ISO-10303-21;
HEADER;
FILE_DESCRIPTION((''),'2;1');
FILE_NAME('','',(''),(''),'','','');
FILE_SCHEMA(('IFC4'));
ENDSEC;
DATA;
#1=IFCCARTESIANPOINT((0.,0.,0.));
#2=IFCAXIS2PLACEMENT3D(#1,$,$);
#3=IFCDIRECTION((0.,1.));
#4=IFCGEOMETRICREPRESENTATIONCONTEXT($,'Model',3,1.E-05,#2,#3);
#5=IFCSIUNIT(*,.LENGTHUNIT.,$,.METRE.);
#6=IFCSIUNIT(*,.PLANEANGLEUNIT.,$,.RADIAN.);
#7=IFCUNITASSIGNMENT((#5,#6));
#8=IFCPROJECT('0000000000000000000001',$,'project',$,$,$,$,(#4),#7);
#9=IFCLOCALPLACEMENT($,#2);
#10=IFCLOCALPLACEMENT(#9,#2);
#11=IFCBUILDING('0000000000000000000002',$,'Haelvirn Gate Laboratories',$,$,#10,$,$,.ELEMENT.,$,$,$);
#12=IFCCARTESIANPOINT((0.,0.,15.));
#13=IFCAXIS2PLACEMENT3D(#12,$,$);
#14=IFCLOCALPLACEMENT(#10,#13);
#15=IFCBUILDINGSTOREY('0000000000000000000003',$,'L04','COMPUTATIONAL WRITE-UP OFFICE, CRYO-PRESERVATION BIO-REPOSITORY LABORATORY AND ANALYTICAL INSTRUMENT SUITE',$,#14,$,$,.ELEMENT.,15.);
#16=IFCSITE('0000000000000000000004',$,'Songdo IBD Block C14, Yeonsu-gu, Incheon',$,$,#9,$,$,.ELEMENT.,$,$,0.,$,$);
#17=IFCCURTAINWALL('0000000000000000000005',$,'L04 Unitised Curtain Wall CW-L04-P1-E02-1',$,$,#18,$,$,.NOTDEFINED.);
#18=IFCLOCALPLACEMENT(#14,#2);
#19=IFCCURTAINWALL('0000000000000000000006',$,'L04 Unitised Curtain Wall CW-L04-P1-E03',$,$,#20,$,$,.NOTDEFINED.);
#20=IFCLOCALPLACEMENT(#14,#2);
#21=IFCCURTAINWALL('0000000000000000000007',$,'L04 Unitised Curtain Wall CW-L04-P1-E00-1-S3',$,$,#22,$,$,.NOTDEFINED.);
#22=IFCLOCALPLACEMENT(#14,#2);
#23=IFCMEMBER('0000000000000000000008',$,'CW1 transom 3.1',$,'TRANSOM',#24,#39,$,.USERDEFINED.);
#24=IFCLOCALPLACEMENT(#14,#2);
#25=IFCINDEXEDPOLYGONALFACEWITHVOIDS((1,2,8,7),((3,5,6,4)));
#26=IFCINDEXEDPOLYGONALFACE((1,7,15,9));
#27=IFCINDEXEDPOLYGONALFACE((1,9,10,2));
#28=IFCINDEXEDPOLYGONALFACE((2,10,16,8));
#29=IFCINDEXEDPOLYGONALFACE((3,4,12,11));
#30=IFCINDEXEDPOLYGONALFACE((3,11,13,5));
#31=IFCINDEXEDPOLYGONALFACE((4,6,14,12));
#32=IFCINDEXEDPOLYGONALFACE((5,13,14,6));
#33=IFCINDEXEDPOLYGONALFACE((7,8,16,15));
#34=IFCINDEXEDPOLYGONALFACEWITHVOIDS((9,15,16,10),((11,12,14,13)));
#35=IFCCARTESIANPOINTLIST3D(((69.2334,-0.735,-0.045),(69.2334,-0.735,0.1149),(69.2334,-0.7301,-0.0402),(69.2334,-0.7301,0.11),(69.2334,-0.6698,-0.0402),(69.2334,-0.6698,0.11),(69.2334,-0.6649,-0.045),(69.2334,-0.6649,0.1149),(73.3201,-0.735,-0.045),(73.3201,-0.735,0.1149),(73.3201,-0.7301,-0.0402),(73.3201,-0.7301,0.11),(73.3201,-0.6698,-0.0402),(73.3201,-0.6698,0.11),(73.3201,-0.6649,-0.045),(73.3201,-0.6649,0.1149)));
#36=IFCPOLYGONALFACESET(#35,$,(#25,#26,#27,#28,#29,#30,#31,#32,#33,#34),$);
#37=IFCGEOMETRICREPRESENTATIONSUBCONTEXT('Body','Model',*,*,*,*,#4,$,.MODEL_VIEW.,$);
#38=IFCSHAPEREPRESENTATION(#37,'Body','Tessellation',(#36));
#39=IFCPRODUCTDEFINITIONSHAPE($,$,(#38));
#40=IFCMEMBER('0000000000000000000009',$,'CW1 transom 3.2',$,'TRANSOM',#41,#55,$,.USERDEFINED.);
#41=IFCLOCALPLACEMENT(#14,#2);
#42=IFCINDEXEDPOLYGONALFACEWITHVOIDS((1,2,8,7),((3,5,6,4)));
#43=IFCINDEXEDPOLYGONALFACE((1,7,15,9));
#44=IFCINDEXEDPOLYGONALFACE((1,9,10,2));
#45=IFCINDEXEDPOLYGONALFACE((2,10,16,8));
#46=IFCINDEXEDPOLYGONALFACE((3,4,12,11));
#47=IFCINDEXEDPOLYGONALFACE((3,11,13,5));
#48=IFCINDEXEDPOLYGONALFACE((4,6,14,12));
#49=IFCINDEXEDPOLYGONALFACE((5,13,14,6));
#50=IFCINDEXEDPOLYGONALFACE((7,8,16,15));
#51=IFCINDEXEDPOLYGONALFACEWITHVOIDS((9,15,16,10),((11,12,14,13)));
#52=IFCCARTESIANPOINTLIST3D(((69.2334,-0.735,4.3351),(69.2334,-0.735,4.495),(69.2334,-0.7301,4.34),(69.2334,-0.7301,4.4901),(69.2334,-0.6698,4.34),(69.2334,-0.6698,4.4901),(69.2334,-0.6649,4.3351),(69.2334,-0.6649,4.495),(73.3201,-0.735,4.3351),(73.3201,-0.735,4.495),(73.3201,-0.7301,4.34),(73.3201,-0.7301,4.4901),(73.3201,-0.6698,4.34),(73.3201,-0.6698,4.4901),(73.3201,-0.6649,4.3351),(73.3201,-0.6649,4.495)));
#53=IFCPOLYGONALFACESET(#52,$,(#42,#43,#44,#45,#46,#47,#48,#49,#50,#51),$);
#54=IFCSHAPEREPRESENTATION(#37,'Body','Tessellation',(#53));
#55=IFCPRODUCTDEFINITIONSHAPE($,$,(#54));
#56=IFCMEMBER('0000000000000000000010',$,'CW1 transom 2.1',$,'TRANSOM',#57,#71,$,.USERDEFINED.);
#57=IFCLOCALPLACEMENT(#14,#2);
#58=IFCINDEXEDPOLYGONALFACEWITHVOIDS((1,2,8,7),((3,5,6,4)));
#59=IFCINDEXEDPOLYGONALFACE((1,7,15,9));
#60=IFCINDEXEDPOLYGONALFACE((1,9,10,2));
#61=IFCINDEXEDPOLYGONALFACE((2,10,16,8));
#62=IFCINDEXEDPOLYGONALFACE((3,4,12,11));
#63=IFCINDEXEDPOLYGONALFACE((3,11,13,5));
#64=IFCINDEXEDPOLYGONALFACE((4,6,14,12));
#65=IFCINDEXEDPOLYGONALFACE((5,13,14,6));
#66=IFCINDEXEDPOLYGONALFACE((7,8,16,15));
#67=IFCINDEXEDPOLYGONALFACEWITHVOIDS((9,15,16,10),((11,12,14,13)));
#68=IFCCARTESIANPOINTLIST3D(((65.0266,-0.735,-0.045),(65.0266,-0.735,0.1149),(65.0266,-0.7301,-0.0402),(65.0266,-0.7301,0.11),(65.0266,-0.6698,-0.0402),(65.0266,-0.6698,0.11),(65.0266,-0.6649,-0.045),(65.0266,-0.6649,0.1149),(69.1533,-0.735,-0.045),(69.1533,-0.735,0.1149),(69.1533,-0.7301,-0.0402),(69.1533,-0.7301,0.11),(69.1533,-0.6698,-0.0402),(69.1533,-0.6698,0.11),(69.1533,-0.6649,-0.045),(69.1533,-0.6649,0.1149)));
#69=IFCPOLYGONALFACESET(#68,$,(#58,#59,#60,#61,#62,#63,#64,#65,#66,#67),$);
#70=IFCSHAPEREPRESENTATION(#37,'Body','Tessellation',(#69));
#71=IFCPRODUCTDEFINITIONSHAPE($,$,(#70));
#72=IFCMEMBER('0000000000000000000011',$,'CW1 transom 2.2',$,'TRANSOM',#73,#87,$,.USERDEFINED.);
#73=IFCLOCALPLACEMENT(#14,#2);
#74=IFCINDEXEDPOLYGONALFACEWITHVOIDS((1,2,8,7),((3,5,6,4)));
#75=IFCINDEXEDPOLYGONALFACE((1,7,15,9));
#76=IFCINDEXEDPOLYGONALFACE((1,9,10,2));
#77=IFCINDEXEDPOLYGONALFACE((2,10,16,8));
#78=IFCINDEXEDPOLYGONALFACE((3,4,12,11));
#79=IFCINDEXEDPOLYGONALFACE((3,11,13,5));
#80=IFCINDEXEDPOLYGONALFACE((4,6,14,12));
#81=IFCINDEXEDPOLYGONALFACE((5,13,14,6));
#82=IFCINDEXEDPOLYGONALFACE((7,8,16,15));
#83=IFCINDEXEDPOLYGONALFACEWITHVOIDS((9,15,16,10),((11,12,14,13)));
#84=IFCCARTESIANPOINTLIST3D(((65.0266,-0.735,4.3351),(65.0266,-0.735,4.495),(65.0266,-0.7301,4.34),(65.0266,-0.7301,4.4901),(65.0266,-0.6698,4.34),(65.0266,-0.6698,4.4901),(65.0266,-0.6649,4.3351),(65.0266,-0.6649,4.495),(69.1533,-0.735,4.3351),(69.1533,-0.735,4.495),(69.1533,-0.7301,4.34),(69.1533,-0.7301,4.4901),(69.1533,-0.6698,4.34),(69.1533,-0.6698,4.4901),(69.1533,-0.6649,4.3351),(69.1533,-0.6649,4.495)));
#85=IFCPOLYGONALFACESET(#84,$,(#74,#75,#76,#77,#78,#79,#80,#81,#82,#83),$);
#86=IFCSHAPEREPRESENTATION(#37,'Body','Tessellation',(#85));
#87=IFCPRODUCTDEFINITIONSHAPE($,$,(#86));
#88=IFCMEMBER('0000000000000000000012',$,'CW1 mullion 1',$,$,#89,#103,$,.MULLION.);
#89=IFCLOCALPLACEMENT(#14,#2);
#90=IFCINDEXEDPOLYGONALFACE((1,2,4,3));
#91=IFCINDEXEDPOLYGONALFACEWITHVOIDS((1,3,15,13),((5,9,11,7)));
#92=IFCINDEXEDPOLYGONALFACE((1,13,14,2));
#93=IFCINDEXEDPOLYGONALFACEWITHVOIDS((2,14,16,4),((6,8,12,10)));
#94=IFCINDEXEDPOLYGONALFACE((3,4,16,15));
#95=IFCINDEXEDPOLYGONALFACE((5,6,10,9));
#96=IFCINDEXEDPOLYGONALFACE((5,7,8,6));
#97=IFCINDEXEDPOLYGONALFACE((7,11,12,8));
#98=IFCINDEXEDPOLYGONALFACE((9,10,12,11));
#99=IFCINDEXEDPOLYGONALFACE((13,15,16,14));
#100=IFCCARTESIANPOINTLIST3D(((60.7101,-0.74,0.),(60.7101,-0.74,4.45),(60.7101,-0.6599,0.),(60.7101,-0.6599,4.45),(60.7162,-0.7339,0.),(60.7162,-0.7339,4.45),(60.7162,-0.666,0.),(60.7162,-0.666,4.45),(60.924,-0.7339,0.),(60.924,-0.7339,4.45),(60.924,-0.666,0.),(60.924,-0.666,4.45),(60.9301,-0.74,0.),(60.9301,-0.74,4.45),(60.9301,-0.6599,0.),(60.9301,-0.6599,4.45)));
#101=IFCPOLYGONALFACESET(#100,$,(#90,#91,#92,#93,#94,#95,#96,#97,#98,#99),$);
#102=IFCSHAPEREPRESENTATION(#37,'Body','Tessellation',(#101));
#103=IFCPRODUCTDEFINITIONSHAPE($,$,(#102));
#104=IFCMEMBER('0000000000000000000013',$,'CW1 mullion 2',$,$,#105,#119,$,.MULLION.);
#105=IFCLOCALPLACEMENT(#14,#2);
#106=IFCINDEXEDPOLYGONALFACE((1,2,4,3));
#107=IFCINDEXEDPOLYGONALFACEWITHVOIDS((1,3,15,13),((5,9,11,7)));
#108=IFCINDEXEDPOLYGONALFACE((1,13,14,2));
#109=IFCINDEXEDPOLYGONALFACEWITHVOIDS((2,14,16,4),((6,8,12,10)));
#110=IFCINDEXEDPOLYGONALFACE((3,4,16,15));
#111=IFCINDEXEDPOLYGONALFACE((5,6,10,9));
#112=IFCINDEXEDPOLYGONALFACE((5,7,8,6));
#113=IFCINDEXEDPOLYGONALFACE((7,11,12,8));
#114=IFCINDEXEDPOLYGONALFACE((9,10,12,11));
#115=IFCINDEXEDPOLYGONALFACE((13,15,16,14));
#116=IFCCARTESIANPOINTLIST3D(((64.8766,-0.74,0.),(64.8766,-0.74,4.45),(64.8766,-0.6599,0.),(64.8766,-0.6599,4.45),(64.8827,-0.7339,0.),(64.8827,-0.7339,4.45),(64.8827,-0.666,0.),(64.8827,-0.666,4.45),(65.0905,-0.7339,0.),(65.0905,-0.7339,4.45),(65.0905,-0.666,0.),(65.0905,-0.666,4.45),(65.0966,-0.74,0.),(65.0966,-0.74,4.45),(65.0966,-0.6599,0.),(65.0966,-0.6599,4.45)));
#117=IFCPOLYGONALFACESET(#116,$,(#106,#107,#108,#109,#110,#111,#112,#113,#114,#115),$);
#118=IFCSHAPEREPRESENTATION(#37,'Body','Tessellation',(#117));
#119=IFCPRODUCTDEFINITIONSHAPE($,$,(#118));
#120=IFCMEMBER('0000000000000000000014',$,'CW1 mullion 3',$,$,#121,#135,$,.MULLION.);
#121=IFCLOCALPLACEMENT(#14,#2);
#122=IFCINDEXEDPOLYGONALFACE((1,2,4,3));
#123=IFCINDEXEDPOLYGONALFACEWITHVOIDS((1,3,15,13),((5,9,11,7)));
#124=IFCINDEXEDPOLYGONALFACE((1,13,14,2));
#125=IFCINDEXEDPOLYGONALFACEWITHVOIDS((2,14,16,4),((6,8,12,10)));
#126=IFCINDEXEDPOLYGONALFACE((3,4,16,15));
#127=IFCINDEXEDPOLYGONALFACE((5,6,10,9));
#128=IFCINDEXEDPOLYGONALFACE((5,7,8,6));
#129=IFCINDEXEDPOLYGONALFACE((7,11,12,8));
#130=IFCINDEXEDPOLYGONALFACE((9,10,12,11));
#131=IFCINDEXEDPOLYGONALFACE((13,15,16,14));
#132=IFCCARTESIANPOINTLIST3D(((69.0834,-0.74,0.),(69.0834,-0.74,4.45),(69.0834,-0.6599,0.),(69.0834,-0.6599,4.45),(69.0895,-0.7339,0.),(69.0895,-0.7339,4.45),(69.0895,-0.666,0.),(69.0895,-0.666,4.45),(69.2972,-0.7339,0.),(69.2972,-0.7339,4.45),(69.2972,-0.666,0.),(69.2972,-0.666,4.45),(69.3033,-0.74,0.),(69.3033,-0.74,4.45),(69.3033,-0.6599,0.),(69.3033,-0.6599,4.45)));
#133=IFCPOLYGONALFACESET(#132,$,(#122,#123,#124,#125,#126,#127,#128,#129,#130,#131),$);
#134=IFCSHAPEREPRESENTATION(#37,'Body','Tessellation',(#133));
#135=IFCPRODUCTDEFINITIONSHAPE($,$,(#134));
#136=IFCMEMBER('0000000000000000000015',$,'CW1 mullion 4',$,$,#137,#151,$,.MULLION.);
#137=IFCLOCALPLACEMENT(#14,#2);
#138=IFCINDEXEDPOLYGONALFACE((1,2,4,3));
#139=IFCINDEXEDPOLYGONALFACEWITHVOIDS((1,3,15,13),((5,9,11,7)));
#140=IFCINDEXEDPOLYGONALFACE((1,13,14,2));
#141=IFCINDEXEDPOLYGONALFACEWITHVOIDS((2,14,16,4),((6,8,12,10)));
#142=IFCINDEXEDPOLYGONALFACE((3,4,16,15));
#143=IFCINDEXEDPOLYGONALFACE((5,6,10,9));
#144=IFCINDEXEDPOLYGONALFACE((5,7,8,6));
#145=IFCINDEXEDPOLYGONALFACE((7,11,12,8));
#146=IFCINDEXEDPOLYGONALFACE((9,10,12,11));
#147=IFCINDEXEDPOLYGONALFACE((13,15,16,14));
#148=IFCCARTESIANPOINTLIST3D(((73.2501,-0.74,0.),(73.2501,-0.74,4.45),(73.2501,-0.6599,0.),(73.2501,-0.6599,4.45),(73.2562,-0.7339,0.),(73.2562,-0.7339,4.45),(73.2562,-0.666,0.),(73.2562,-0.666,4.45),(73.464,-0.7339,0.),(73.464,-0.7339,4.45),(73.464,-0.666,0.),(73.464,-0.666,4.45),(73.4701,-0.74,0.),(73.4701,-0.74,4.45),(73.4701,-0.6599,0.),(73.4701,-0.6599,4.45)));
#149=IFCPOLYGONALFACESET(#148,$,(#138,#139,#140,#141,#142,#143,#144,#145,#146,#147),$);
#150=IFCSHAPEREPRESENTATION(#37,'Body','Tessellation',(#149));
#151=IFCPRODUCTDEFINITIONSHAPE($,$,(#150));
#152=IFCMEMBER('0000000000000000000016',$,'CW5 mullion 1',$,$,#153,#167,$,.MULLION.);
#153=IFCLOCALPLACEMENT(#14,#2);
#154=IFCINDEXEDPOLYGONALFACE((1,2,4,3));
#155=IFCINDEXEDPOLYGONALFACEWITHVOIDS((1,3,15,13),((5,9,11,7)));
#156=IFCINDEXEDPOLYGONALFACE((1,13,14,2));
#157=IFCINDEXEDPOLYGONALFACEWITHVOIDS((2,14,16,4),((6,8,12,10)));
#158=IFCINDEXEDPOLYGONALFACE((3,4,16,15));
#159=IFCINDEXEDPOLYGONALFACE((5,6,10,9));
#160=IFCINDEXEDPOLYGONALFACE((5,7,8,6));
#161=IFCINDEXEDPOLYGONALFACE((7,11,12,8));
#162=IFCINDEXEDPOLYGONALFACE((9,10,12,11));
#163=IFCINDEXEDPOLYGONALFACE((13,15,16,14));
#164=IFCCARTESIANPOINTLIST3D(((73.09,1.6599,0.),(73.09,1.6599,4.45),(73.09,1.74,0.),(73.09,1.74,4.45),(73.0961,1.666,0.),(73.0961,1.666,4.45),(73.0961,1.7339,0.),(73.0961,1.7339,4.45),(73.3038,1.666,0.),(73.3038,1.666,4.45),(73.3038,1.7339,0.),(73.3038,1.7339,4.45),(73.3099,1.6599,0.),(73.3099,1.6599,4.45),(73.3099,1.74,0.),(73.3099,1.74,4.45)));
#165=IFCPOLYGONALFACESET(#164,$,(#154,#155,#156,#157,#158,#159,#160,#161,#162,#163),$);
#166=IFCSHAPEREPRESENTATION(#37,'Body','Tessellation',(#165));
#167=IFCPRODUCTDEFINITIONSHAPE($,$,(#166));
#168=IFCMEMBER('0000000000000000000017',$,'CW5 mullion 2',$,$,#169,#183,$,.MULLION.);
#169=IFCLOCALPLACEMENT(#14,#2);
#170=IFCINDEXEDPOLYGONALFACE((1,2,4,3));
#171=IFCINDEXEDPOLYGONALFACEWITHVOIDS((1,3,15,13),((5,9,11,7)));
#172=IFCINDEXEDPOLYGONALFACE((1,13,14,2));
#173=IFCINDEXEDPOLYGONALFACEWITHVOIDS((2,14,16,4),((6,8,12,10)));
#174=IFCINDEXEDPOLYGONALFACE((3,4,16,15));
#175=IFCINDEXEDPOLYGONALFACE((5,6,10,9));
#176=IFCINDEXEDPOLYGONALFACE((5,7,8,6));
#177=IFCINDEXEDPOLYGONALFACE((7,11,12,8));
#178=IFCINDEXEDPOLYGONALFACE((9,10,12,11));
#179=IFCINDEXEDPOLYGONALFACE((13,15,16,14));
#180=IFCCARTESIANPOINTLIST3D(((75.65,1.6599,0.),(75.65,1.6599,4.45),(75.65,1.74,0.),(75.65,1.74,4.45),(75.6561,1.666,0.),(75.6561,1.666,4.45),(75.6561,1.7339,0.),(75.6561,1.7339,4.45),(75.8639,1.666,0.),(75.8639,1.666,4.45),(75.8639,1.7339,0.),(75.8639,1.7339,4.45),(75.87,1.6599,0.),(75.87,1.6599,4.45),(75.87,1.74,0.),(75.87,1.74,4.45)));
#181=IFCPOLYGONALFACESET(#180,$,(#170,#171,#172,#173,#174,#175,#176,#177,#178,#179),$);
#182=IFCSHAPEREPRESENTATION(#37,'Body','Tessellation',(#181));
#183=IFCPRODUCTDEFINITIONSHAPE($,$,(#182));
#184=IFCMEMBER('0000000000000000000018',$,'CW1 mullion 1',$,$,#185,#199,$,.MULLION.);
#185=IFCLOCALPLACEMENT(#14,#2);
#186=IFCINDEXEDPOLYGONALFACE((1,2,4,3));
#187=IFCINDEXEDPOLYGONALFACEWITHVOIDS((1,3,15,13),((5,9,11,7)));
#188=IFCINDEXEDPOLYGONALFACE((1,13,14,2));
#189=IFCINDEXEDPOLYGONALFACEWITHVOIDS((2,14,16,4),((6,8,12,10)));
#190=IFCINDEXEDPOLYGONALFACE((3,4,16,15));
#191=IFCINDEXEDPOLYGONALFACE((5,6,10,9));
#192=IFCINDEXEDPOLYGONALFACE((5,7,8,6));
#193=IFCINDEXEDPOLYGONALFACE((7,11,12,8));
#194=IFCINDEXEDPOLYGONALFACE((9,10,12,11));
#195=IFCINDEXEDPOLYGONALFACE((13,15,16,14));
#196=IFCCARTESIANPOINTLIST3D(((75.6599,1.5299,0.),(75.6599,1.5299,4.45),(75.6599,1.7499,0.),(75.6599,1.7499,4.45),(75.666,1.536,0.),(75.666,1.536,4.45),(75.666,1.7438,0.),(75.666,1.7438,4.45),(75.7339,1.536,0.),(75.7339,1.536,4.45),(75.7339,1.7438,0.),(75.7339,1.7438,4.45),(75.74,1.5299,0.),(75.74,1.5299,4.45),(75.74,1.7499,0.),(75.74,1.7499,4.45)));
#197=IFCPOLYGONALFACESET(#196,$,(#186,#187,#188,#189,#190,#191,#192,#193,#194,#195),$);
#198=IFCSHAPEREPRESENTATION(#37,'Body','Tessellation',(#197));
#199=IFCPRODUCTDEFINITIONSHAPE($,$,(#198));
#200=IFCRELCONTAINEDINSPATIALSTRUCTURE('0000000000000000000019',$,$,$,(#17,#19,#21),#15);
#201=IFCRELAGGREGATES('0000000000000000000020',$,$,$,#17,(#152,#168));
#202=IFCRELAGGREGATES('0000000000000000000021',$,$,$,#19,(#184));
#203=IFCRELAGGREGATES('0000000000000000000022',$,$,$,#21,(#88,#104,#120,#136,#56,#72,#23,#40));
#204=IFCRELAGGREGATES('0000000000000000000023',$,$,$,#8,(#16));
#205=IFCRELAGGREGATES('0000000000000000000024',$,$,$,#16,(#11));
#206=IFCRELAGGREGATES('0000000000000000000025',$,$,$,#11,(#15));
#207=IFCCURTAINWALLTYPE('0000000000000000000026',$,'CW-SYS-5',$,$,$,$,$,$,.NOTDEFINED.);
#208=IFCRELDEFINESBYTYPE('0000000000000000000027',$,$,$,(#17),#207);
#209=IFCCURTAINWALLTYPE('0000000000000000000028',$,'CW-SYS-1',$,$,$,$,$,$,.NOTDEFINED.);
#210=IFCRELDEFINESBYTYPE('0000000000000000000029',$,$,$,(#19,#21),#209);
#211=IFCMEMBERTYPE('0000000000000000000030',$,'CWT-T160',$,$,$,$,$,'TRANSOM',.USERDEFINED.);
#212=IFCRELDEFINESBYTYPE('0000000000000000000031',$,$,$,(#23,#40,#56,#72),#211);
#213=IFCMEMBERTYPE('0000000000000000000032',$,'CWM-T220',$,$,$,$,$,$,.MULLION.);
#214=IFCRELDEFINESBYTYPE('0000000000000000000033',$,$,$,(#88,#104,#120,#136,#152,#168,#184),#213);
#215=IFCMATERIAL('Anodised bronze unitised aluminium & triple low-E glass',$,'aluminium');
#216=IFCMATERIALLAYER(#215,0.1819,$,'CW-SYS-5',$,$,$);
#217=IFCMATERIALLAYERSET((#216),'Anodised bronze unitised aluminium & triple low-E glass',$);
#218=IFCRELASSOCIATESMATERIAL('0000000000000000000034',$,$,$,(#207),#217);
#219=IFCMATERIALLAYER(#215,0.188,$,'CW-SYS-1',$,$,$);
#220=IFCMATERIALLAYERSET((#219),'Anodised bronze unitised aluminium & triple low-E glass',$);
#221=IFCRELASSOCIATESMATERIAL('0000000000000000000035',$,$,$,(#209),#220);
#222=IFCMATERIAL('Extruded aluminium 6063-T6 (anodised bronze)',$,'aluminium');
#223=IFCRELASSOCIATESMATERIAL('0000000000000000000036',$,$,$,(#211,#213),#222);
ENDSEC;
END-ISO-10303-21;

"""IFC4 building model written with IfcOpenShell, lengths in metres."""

from ifc_helpers import new_model, si_unit, direction, frame, origin, origin_2d, place, context, subcontext, project, spatial, hollow_rectangle, extrude, source, transform, mapped, material, layer, layer_set, material_profile, profile_set, type_object, type_shapes, element, aggregate, save


model = new_model("IFC4")

# Units and contexts
model_context = context("Model", 3, precision=1e-05, world=origin(), true_north=direction((0.0, 1.0)))
body_context = subcontext(model_context, "Body", "Model", "MODEL_VIEW")
ifc_project = project(units=[si_unit("LENGTHUNIT", "METRE"), si_unit("PLANEANGLEUNIT", "RADIAN")], contexts=[model_context])

# Site, building, storey
site_placement = place(None, origin())
site = spatial("IfcSite", under=ifc_project, at=site_placement, Name="Songdo IBD Block C14, Yeonsu-gu, Incheon", CompositionType="ELEMENT", RefElevation=0.0)
building_placement = place(site_placement, origin())
building = spatial("IfcBuilding", under=site, at=building_placement, Name="Haelvirn Gate Laboratories", CompositionType="ELEMENT")
storey_placement = place(building_placement, frame((0.0, 0.0, 15.0)))
storey = spatial("IfcBuildingStorey", under=building, at=storey_placement, Name="L04", Description="COMPUTATIONAL WRITE-UP OFFICE, CRYO-PRESERVATION BIO-REPOSITORY LABORATORY AND ANALYTICAL INSTRUMENT SUITE", CompositionType="ELEMENT", Elevation=15.0)

# Curtain walls, members
ifc_material_1 = material(Name="Anodised bronze unitised aluminium & triple low-E glass", Category="aluminium")
ifc_layer_1 = layer(ifc_material_1, 0.1819, Name="CW-SYS-5")
ifc_layer_set_1 = layer_set([ifc_layer_1], Name="Anodised bronze unitised aluminium & triple low-E glass")
curtain_wall_type_1 = type_object("IfcCurtainWallType", Name="CW-SYS-5", PredefinedType="NOTDEFINED", material=ifc_layer_set_1)
curtain_wall_1_placement = place(storey_placement, origin())
curtain_wall_1 = element("IfcCurtainWall", 1, at=curtain_wall_1_placement, inside=storey, type_object=curtain_wall_type_1, Name="L04 Unitised Curtain Wall CW-L04-P1-E02-1", PredefinedType="NOTDEFINED")
ifc_material_2 = material(Name="Extruded aluminium 6063-T6 (anodised bronze)", Category="aluminium")
ifc_layer_2 = layer(ifc_material_1, 0.188, Name="CW-SYS-1")
ifc_layer_set_2 = layer_set([ifc_layer_2], Name="Anodised bronze unitised aluminium & triple low-E glass")
curtain_wall_type_2 = type_object("IfcCurtainWallType", Name="CW-SYS-1", PredefinedType="NOTDEFINED", material=ifc_layer_set_2)
curtain_wall_2_placement = place(storey_placement, origin())
curtain_wall_2 = element("IfcCurtainWall", 2, at=curtain_wall_2_placement, inside=storey, type_object=curtain_wall_type_2, Name="L04 Unitised Curtain Wall CW-L04-P1-E03", PredefinedType="NOTDEFINED")
ifc_material_profile_1 = material_profile(ifc_material_2, hollow_rectangle(XDim=0.0701, YDim=0.1599, WallThickness=0.0049, at=origin_2d()), Name="CWT-160x70x5")
ifc_profile_set_1 = profile_set([ifc_material_profile_1], Name="Extruded aluminium 6063-T6 (anodised bronze)")
member_type_1 = type_object("IfcMemberType", Name="CWT-T160", ElementType="TRANSOM", PredefinedType="USERDEFINED", material=ifc_profile_set_1)
curtain_wall_3_placement = place(storey_placement, origin())
curtain_wall_3 = element("IfcCurtainWall", 3, at=curtain_wall_3_placement, inside=storey, type_object=curtain_wall_type_2, Name="L04 Unitised Curtain Wall CW-L04-P1-E00-1-S3", PredefinedType="NOTDEFINED")
shared_shape_1 = source(origin(), body_context, "Body", "SweptSolid", [
    extrude(hollow_rectangle(XDim=0.0701, YDim=0.1599, WallThickness=0.0049, at=origin_2d()), origin(), (0.0, 0.0, 1.0), 4.0867),
])
member_1_placement = place(storey_placement, frame((69.2334, -0.7, 0.0349), z_axis=(1.0, 0.0, 0.0), x_axis=(0.0, 1.0, 0.0)))
member_1 = element("IfcMember", 4, at=member_1_placement, type_object=member_type_1, Name="CW1 transom 3.1", ObjectType="TRANSOM", PredefinedType="USERDEFINED", context=body_context, shape_type="MappedRepresentation", body=[
    mapped(shared_shape_1, transform((0.0, 0.0, 0.0), scale=1.0)),
])
member_2_placement = place(storey_placement, frame((69.2334, -0.7, 4.415), z_axis=(1.0, 0.0, 0.0), x_axis=(0.0, 1.0, 0.0)))
member_2 = element("IfcMember", 5, at=member_2_placement, type_object=member_type_1, Name="CW1 transom 3.2", ObjectType="TRANSOM", PredefinedType="USERDEFINED", context=body_context, shape_type="MappedRepresentation", body=[
    mapped(shared_shape_1, transform((0.0, 0.0, 0.0), scale=1.0)),
])
shared_shape_2 = source(origin(), body_context, "Body", "SweptSolid", [
    extrude(hollow_rectangle(XDim=0.0701, YDim=0.1599, WallThickness=0.0049, at=origin_2d()), origin(), (0.0, 0.0, 1.0), 4.1267),
])
member_3_placement = place(storey_placement, frame((65.0266, -0.7, 0.0349), z_axis=(1.0, 0.0, 0.0), x_axis=(0.0, 1.0, 0.0)))
member_3 = element("IfcMember", 6, at=member_3_placement, type_object=member_type_1, Name="CW1 transom 2.1", ObjectType="TRANSOM", PredefinedType="USERDEFINED", context=body_context, shape_type="MappedRepresentation", body=[
    mapped(shared_shape_2, transform((0.0, 0.0, 0.0), scale=1.0)),
])
member_4_placement = place(storey_placement, frame((65.0266, -0.7, 4.415), z_axis=(1.0, 0.0, 0.0), x_axis=(0.0, 1.0, 0.0)))
member_4 = element("IfcMember", 7, at=member_4_placement, type_object=member_type_1, Name="CW1 transom 2.2", ObjectType="TRANSOM", PredefinedType="USERDEFINED", context=body_context, shape_type="MappedRepresentation", body=[
    mapped(shared_shape_2, transform((0.0, 0.0, 0.0), scale=1.0)),
])
ifc_material_profile_2 = material_profile(ifc_material_2, hollow_rectangle(XDim=0.0801, YDim=0.22, WallThickness=0.0061, at=origin_2d()), Name="CWM-220x80x6")
ifc_profile_set_2 = profile_set([ifc_material_profile_2], Name="Extruded aluminium 6063-T6 (anodised bronze)")
member_type_2 = type_object("IfcMemberType", Name="CWM-T220", PredefinedType="MULLION", material=ifc_profile_set_2)
shared_shape_3 = source(origin(), body_context, "Body", "SweptSolid", [
    extrude(hollow_rectangle(XDim=0.0801, YDim=0.22, WallThickness=0.0061, at=origin_2d()), origin(), (0.0, 0.0, 1.0), 4.45),
])
type_shapes(member_type_2, [shared_shape_3])
member_5_placement = place(storey_placement, frame((60.8201, -0.7, 0.0), z_axis=(0.0, 0.0, 1.0), x_axis=(0.0, 1.0, 0.0)))
member_5 = element("IfcMember", 8, at=member_5_placement, type_object=member_type_2, Name="CW1 mullion 1", PredefinedType="MULLION", context=body_context, shape_type="MappedRepresentation", body=[
    mapped(shared_shape_3, transform((0.0, 0.0, 0.0), scale=1.0)),
])
member_6_placement = place(storey_placement, frame((64.9866, -0.7, 0.0), z_axis=(0.0, 0.0, 1.0), x_axis=(0.0, 1.0, 0.0)))
member_6 = element("IfcMember", 9, at=member_6_placement, type_object=member_type_2, Name="CW1 mullion 2", PredefinedType="MULLION", context=body_context, shape_type="MappedRepresentation", body=[
    mapped(shared_shape_3, transform((0.0, 0.0, 0.0), scale=1.0)),
])
member_7_placement = place(storey_placement, frame((69.1934, -0.7, 0.0), z_axis=(0.0, 0.0, 1.0), x_axis=(0.0, 1.0, 0.0)))
member_7 = element("IfcMember", 10, at=member_7_placement, type_object=member_type_2, Name="CW1 mullion 3", PredefinedType="MULLION", context=body_context, shape_type="MappedRepresentation", body=[
    mapped(shared_shape_3, transform((0.0, 0.0, 0.0), scale=1.0)),
])
member_8_placement = place(storey_placement, frame((73.3601, -0.7, 0.0), z_axis=(0.0, 0.0, 1.0), x_axis=(0.0, 1.0, 0.0)))
member_8 = element("IfcMember", 11, at=member_8_placement, type_object=member_type_2, Name="CW1 mullion 4", PredefinedType="MULLION", context=body_context, shape_type="MappedRepresentation", body=[
    mapped(shared_shape_3, transform((0.0, 0.0, 0.0), scale=1.0)),
])

# Members
member_9_placement = place(storey_placement, frame((73.2, 1.7, 0.0), z_axis=(0.0, 0.0, 1.0), x_axis=(0.0, 1.0, 0.0)))
member_9 = element("IfcMember", 12, at=member_9_placement, type_object=member_type_2, Name="CW5 mullion 1", PredefinedType="MULLION", context=body_context, shape_type="MappedRepresentation", body=[
    mapped(shared_shape_3, transform((0.0, 0.0, 0.0), scale=1.0)),
])
member_10_placement = place(storey_placement, frame((75.76, 1.7, 0.0), z_axis=(0.0, 0.0, 1.0), x_axis=(0.0, 1.0, 0.0)))
member_10 = element("IfcMember", 13, at=member_10_placement, type_object=member_type_2, Name="CW5 mullion 2", PredefinedType="MULLION", context=body_context, shape_type="MappedRepresentation", body=[
    mapped(shared_shape_3, transform((0.0, 0.0, 0.0), scale=1.0)),
])
member_11_placement = place(storey_placement, frame((75.7, 1.6399, 0.0), z_axis=(0.0, 0.0, 1.0), x_axis=(-1.0, 0.0, 0.0)))
member_11 = element("IfcMember", 14, at=member_11_placement, type_object=member_type_2, Name="CW1 mullion 1", PredefinedType="MULLION", context=body_context, shape_type="MappedRepresentation", body=[
    mapped(shared_shape_3, transform((0.0, 0.0, 0.0), scale=1.0)),
])

aggregate(curtain_wall_1, [member_9, member_10])
aggregate(curtain_wall_2, [member_11])
aggregate(curtain_wall_3, [member_5, member_6, member_7, member_8, member_3, member_4, member_1, member_2])

save(model, "model.ifc")
